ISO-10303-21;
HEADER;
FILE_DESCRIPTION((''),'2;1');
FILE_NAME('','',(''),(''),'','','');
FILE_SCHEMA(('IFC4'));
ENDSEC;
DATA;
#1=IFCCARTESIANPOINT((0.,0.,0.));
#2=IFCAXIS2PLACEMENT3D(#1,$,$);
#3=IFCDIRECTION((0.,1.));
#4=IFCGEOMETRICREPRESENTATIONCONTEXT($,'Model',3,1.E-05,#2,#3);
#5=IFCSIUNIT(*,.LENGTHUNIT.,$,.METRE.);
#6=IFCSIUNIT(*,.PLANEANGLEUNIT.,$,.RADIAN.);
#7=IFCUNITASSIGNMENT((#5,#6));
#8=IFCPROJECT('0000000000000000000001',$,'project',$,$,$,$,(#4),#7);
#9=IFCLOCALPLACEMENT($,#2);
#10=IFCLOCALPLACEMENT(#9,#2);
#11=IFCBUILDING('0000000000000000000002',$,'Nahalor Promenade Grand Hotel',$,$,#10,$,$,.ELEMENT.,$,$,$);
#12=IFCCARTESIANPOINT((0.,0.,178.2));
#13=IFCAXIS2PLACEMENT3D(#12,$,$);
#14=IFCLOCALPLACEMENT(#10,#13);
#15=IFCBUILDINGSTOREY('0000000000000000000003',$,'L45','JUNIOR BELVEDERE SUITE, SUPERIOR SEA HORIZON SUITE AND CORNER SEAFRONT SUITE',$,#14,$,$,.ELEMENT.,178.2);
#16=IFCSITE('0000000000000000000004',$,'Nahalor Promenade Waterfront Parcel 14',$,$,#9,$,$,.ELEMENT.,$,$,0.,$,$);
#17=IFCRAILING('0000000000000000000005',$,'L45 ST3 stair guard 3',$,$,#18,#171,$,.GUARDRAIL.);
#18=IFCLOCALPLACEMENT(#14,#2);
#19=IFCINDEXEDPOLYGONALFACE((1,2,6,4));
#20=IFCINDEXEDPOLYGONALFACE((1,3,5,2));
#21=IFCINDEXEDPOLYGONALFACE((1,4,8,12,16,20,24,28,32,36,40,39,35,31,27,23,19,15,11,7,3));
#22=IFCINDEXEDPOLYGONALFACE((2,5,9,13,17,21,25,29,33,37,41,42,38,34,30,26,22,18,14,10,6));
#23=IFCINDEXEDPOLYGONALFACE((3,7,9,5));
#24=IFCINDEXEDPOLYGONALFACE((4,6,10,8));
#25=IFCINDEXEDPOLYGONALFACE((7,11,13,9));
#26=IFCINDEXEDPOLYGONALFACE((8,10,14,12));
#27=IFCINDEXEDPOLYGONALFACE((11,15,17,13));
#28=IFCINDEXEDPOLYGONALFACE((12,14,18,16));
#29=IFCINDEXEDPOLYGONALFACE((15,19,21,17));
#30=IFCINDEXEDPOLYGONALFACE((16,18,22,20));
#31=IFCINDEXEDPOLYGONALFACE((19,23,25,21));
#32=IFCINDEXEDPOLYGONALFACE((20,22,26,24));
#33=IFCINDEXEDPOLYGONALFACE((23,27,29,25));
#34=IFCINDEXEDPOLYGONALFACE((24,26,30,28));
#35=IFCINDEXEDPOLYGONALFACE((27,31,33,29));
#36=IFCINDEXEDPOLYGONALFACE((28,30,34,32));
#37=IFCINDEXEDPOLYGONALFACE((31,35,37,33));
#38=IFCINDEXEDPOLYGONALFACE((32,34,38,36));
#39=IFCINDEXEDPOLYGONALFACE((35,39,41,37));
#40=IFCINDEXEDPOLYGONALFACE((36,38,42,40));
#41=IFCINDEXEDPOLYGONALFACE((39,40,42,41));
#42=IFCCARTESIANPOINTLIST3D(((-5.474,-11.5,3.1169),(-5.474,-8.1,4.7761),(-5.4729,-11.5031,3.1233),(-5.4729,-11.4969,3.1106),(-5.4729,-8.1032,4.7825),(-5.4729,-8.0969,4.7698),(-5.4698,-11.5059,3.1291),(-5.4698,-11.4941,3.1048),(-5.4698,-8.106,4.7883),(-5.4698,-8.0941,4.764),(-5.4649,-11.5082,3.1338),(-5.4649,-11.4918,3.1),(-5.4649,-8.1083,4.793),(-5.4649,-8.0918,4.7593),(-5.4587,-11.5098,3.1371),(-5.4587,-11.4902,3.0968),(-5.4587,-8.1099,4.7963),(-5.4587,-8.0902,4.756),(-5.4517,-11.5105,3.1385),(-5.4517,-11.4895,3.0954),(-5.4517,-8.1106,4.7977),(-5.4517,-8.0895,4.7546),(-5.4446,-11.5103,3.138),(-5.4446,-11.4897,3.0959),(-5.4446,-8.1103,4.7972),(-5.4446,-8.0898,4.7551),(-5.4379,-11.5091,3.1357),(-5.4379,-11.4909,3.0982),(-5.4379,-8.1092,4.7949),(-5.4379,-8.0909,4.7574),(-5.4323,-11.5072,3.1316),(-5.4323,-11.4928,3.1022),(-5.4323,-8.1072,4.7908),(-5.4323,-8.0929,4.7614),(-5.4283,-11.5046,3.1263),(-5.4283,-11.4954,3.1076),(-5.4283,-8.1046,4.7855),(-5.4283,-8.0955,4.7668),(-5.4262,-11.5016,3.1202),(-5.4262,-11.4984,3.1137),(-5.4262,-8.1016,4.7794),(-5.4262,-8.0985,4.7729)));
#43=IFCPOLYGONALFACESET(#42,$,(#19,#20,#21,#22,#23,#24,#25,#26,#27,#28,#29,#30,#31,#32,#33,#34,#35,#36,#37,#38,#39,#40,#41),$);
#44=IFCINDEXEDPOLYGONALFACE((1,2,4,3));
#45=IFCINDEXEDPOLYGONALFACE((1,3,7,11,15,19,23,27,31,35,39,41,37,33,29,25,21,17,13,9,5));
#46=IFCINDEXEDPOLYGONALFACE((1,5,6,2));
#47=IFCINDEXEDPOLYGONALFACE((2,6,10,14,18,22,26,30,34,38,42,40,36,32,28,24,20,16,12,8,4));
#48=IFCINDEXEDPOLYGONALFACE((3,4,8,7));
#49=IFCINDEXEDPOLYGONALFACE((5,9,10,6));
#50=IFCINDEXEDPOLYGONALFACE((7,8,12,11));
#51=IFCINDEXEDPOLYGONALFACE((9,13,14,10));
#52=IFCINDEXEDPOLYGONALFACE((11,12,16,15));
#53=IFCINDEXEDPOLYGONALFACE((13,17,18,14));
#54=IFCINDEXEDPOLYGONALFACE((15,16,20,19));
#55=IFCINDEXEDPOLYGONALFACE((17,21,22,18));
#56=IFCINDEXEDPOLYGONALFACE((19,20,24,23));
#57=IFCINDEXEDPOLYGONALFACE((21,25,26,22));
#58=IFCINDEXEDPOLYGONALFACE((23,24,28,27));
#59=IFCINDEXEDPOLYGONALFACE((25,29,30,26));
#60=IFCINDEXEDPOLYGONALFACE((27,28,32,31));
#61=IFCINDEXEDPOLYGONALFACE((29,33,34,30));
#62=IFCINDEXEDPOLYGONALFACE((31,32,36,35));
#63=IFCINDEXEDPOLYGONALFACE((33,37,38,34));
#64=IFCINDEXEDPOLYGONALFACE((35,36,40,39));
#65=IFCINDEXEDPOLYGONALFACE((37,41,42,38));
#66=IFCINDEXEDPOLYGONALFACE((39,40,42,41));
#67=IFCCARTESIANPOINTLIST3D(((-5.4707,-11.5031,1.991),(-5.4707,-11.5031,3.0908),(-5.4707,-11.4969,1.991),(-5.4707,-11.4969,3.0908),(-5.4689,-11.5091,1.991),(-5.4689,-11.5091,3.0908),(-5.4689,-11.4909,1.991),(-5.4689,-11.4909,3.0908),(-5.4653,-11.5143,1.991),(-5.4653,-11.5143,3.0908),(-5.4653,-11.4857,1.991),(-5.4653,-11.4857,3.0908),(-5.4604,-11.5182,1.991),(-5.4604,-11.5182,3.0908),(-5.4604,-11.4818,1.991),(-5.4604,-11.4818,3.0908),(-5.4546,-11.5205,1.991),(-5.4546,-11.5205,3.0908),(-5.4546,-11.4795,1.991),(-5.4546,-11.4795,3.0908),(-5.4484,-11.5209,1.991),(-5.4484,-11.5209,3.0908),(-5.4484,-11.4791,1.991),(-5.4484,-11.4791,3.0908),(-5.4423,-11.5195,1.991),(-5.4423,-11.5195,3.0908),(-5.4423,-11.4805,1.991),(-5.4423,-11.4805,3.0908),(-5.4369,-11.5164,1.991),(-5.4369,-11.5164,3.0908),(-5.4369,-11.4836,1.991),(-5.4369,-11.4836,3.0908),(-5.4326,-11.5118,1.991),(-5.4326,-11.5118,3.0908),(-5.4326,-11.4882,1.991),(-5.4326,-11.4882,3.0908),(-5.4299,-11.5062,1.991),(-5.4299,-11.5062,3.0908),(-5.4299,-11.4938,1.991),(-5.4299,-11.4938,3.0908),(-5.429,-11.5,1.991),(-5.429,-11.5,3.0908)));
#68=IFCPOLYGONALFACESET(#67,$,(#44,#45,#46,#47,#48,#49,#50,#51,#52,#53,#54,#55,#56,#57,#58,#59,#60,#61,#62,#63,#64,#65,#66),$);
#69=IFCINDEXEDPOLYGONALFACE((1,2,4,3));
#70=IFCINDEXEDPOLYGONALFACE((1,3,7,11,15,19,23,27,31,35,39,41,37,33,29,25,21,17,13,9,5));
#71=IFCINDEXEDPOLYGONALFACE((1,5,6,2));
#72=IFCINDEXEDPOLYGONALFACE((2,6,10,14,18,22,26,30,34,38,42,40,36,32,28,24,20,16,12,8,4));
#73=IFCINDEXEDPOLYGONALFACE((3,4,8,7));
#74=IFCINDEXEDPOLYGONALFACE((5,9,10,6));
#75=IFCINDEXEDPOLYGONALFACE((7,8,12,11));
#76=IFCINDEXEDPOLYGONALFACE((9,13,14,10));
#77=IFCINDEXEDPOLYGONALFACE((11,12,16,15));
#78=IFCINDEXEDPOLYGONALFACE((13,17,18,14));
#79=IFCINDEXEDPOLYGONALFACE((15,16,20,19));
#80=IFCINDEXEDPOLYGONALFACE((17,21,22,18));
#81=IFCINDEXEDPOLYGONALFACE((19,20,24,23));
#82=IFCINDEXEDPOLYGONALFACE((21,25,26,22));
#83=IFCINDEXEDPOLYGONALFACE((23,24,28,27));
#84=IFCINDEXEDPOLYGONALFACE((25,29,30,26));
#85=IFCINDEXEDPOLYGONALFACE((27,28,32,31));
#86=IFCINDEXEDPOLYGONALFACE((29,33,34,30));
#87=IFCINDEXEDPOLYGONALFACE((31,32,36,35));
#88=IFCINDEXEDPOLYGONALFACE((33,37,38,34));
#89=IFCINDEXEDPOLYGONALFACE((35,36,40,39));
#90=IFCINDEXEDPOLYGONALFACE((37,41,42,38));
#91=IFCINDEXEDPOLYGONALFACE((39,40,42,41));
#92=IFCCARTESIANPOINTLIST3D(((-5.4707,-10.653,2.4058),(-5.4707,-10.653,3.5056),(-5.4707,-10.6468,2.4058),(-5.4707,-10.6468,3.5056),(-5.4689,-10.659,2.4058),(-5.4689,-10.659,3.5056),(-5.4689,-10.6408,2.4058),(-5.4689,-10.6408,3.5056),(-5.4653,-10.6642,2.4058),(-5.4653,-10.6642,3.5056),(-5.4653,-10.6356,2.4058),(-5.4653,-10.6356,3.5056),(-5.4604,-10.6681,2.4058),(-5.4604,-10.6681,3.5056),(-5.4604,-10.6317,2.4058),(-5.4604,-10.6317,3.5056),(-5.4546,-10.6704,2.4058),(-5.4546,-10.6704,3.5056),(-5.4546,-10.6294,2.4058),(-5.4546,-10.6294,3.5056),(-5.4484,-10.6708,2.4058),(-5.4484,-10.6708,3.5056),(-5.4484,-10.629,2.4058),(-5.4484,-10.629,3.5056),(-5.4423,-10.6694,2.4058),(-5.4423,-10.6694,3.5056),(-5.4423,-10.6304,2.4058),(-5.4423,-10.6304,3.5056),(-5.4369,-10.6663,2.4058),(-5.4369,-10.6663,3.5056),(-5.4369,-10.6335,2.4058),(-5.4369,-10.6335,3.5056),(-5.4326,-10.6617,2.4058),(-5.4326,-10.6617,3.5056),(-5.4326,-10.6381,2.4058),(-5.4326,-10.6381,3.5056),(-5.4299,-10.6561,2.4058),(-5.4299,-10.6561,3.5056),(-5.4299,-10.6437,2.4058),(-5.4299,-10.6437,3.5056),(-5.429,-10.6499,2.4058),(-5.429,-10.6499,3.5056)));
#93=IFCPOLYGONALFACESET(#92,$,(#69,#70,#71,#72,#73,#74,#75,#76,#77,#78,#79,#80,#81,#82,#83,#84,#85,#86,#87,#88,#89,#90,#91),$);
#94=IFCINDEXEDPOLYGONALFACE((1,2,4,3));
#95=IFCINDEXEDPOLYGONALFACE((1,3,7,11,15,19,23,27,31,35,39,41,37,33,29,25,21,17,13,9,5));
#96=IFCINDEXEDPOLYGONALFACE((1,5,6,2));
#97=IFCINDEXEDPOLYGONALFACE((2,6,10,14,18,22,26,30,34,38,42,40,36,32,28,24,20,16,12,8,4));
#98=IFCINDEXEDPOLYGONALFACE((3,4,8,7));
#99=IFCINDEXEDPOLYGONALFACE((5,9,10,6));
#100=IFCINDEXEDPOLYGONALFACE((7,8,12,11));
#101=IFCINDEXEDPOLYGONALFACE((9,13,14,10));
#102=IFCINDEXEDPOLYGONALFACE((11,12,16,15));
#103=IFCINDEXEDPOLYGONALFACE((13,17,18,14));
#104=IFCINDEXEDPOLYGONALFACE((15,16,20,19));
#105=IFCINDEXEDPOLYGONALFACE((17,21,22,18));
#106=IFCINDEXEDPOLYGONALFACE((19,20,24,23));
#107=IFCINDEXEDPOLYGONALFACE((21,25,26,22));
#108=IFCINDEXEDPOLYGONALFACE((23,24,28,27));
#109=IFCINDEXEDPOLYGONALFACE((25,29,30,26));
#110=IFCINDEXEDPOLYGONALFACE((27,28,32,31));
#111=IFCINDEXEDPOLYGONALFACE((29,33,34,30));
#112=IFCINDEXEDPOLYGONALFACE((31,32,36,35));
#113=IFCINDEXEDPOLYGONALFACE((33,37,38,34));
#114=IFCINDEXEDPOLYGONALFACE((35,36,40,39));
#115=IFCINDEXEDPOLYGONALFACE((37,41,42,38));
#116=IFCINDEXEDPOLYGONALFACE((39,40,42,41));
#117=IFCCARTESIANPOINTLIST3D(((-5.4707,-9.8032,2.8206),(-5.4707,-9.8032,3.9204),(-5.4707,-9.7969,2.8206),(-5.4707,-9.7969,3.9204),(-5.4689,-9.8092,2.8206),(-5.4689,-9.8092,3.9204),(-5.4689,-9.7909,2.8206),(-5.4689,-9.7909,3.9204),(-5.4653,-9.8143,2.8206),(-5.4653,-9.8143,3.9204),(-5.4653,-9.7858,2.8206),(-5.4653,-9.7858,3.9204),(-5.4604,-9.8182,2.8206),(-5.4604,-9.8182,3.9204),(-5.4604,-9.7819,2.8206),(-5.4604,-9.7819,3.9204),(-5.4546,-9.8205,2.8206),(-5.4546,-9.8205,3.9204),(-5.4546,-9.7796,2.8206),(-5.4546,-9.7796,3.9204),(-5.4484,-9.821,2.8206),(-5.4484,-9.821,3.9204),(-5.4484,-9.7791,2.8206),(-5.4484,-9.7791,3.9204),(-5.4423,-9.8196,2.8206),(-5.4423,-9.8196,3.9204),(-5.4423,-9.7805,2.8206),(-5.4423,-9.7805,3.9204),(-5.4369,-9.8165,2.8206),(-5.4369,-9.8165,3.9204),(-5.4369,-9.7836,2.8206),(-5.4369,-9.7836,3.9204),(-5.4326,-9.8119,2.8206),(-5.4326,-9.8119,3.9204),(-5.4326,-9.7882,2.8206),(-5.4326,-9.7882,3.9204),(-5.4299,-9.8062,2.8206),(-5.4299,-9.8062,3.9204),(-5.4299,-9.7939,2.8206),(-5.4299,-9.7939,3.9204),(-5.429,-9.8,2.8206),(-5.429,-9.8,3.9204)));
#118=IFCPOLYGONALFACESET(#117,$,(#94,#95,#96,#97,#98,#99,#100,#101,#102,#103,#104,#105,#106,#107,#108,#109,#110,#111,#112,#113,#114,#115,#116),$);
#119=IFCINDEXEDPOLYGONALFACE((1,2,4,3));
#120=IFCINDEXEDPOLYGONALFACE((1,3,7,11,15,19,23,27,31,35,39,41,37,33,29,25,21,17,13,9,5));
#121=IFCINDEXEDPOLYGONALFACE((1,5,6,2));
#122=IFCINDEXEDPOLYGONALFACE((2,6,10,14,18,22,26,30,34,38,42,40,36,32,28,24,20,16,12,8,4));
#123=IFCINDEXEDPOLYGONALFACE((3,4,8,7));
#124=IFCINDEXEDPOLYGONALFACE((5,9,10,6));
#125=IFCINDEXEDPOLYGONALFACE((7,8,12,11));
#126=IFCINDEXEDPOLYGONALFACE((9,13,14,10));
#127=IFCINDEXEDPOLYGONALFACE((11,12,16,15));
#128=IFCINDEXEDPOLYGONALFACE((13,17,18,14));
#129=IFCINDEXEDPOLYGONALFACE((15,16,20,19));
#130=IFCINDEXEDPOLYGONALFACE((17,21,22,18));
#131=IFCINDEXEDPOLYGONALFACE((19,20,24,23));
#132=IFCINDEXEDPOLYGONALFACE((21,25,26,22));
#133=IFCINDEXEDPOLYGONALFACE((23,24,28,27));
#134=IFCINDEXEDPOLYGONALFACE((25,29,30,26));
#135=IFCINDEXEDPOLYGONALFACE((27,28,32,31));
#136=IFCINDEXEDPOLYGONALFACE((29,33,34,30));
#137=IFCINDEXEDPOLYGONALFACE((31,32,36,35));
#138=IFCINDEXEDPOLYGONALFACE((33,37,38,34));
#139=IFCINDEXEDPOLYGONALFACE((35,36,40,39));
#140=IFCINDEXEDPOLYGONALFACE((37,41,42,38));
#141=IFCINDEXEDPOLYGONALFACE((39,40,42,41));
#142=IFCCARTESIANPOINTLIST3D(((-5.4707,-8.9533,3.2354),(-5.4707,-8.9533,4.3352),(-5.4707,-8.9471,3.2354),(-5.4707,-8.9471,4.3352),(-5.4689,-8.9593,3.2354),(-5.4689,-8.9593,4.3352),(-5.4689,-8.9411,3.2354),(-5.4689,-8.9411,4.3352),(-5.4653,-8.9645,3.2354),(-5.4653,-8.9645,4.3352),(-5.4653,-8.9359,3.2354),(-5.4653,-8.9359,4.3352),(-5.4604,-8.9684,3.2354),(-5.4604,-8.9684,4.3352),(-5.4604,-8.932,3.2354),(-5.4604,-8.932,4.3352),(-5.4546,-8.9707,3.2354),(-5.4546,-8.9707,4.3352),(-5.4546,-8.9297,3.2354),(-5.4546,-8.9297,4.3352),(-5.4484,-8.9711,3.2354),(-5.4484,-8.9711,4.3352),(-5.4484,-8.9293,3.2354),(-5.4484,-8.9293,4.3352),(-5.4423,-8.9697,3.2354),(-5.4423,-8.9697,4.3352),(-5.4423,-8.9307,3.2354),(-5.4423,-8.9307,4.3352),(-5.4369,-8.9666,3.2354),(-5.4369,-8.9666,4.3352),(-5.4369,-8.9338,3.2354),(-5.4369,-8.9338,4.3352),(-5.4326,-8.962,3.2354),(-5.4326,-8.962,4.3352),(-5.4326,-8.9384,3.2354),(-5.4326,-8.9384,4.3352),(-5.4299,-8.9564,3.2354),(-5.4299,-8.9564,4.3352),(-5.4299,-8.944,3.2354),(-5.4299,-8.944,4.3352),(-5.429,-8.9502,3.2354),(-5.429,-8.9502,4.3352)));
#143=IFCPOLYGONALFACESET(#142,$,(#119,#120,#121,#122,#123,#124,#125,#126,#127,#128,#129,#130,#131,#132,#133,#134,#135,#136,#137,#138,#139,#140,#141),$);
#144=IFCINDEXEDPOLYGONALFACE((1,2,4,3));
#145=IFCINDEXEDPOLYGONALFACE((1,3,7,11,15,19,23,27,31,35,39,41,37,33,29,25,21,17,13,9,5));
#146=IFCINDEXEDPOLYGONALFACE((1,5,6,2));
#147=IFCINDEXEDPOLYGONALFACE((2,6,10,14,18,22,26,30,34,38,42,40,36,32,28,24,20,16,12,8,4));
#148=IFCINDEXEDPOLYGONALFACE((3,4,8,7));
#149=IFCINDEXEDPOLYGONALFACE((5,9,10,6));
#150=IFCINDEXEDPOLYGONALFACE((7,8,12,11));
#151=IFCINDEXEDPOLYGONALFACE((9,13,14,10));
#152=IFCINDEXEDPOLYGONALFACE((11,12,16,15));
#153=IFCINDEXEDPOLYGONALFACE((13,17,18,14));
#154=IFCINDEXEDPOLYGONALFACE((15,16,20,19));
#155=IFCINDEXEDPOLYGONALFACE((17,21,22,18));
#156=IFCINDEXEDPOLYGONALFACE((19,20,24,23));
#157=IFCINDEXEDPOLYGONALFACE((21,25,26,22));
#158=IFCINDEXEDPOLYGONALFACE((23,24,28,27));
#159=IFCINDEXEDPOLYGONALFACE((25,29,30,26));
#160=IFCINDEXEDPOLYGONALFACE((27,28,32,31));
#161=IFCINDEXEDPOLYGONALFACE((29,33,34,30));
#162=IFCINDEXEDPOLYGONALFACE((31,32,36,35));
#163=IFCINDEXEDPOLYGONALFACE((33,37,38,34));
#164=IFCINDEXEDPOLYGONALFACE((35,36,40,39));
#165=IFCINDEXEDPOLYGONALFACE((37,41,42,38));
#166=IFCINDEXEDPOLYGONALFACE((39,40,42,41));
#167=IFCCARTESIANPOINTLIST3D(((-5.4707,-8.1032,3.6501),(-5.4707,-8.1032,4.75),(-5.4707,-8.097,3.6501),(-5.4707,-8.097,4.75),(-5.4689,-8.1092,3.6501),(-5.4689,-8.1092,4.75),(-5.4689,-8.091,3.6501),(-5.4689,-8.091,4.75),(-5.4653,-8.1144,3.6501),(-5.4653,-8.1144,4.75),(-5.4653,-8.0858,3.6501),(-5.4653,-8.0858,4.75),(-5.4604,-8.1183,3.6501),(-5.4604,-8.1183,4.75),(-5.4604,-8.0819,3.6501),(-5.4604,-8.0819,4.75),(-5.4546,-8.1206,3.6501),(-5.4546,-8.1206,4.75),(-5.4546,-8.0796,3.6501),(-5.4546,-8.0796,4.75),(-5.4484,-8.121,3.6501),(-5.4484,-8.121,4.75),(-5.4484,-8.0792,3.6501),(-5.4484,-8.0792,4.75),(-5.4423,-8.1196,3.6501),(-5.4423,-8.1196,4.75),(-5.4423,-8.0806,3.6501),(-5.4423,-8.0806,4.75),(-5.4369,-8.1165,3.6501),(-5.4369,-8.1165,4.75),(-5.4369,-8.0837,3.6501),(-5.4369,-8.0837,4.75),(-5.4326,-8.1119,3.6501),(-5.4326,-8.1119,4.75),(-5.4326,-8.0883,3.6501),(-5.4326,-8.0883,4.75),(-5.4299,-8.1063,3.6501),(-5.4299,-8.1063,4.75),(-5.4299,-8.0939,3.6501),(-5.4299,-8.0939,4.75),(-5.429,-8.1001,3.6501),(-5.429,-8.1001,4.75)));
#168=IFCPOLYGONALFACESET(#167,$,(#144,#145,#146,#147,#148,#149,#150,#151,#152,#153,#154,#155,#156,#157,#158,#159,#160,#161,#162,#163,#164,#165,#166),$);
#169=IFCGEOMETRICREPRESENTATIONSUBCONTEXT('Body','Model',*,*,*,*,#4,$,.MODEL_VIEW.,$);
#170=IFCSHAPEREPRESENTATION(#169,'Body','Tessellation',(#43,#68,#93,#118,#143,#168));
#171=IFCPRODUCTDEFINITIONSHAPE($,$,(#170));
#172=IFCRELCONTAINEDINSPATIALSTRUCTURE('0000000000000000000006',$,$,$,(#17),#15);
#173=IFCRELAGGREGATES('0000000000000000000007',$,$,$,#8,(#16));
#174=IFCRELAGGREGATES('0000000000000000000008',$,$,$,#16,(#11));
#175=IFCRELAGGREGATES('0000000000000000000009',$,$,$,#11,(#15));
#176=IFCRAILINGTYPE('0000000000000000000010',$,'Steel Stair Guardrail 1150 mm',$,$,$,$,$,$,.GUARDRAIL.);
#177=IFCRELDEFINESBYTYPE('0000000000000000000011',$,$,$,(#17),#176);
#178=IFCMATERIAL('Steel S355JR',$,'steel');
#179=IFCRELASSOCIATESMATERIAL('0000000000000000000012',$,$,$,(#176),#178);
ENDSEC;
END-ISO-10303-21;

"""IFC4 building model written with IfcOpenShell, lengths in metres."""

from ifc_helpers import new_model, si_unit, direction, frame, origin, origin_2d, place, context, subcontext, project, spatial, circle, extrude, material, type_object, element, save


model = new_model("IFC4")

# Units and contexts
model_context = context("Model", 3, precision=1e-05, world=origin(), true_north=direction((0.0, 1.0)))
body_context = subcontext(model_context, "Body", "Model", "MODEL_VIEW")
ifc_project = project(units=[si_unit("LENGTHUNIT", "METRE"), si_unit("PLANEANGLEUNIT", "RADIAN")], contexts=[model_context])

# Site, building, storey
site_placement = place(None, origin())
site = spatial("IfcSite", under=ifc_project, at=site_placement, Name="Nahalor Promenade Waterfront Parcel 14", CompositionType="ELEMENT", RefElevation=0.0)
building_placement = place(site_placement, origin())
building = spatial("IfcBuilding", under=site, at=building_placement, Name="Nahalor Promenade Grand Hotel", CompositionType="ELEMENT")
storey_placement = place(building_placement, frame((0.0, 0.0, 178.2)))
storey = spatial("IfcBuildingStorey", under=building, at=storey_placement, Name="L45", Description="JUNIOR BELVEDERE SUITE, SUPERIOR SEA HORIZON SUITE AND CORNER SEAFRONT SUITE", CompositionType="ELEMENT", Elevation=178.2)

# Shared definitions
ifc_material_1 = material(Name="Steel S355JR", Category="steel")

# Railing
railing_type_1 = type_object("IfcRailingType", Name="Steel Stair Guardrail 1150 mm", PredefinedType="GUARDRAIL", material=ifc_material_1)
railing_1_placement = place(storey_placement, frame((-5.45, -11.5, 1.991)))
element("IfcRailing", 1, at=railing_1_placement, inside=storey, type_object=railing_type_1, Name="L45 ST3 stair guard 3", PredefinedType="GUARDRAIL", context=body_context, shape_type="SweptSolid", body=[
    extrude(circle(Radius=0.024, at=origin_2d()), frame((0.0, 0.0, 1.126), z_axis=(0.0, 0.898696, 0.438571), x_axis=(-1.0, 0.0, 0.0)), (0.0, 0.0, 1.0), 3.7832),
    extrude(circle(Radius=0.021, at=origin_2d()), origin(), (0.0, 0.0, 1.0), 1.0999),
    extrude(circle(Radius=0.021, at=origin_2d()), frame((0.0, 0.8501, 0.4148)), (0.0, 0.0, 1.0), 1.0999),
    extrude(circle(Radius=0.021, at=origin_2d()), frame((0.0, 1.7, 0.8296)), (0.0, 0.0, 1.0), 1.0999),
    extrude(circle(Radius=0.021, at=origin_2d()), frame((0.0, 2.5498, 1.2444)), (0.0, 0.0, 1.0), 1.0999),
    extrude(circle(Radius=0.021, at=origin_2d()), frame((0.0, 3.3999, 1.6592)), (0.0, 0.0, 1.0), 1.0999),
])

save(model, "model.ifc")
